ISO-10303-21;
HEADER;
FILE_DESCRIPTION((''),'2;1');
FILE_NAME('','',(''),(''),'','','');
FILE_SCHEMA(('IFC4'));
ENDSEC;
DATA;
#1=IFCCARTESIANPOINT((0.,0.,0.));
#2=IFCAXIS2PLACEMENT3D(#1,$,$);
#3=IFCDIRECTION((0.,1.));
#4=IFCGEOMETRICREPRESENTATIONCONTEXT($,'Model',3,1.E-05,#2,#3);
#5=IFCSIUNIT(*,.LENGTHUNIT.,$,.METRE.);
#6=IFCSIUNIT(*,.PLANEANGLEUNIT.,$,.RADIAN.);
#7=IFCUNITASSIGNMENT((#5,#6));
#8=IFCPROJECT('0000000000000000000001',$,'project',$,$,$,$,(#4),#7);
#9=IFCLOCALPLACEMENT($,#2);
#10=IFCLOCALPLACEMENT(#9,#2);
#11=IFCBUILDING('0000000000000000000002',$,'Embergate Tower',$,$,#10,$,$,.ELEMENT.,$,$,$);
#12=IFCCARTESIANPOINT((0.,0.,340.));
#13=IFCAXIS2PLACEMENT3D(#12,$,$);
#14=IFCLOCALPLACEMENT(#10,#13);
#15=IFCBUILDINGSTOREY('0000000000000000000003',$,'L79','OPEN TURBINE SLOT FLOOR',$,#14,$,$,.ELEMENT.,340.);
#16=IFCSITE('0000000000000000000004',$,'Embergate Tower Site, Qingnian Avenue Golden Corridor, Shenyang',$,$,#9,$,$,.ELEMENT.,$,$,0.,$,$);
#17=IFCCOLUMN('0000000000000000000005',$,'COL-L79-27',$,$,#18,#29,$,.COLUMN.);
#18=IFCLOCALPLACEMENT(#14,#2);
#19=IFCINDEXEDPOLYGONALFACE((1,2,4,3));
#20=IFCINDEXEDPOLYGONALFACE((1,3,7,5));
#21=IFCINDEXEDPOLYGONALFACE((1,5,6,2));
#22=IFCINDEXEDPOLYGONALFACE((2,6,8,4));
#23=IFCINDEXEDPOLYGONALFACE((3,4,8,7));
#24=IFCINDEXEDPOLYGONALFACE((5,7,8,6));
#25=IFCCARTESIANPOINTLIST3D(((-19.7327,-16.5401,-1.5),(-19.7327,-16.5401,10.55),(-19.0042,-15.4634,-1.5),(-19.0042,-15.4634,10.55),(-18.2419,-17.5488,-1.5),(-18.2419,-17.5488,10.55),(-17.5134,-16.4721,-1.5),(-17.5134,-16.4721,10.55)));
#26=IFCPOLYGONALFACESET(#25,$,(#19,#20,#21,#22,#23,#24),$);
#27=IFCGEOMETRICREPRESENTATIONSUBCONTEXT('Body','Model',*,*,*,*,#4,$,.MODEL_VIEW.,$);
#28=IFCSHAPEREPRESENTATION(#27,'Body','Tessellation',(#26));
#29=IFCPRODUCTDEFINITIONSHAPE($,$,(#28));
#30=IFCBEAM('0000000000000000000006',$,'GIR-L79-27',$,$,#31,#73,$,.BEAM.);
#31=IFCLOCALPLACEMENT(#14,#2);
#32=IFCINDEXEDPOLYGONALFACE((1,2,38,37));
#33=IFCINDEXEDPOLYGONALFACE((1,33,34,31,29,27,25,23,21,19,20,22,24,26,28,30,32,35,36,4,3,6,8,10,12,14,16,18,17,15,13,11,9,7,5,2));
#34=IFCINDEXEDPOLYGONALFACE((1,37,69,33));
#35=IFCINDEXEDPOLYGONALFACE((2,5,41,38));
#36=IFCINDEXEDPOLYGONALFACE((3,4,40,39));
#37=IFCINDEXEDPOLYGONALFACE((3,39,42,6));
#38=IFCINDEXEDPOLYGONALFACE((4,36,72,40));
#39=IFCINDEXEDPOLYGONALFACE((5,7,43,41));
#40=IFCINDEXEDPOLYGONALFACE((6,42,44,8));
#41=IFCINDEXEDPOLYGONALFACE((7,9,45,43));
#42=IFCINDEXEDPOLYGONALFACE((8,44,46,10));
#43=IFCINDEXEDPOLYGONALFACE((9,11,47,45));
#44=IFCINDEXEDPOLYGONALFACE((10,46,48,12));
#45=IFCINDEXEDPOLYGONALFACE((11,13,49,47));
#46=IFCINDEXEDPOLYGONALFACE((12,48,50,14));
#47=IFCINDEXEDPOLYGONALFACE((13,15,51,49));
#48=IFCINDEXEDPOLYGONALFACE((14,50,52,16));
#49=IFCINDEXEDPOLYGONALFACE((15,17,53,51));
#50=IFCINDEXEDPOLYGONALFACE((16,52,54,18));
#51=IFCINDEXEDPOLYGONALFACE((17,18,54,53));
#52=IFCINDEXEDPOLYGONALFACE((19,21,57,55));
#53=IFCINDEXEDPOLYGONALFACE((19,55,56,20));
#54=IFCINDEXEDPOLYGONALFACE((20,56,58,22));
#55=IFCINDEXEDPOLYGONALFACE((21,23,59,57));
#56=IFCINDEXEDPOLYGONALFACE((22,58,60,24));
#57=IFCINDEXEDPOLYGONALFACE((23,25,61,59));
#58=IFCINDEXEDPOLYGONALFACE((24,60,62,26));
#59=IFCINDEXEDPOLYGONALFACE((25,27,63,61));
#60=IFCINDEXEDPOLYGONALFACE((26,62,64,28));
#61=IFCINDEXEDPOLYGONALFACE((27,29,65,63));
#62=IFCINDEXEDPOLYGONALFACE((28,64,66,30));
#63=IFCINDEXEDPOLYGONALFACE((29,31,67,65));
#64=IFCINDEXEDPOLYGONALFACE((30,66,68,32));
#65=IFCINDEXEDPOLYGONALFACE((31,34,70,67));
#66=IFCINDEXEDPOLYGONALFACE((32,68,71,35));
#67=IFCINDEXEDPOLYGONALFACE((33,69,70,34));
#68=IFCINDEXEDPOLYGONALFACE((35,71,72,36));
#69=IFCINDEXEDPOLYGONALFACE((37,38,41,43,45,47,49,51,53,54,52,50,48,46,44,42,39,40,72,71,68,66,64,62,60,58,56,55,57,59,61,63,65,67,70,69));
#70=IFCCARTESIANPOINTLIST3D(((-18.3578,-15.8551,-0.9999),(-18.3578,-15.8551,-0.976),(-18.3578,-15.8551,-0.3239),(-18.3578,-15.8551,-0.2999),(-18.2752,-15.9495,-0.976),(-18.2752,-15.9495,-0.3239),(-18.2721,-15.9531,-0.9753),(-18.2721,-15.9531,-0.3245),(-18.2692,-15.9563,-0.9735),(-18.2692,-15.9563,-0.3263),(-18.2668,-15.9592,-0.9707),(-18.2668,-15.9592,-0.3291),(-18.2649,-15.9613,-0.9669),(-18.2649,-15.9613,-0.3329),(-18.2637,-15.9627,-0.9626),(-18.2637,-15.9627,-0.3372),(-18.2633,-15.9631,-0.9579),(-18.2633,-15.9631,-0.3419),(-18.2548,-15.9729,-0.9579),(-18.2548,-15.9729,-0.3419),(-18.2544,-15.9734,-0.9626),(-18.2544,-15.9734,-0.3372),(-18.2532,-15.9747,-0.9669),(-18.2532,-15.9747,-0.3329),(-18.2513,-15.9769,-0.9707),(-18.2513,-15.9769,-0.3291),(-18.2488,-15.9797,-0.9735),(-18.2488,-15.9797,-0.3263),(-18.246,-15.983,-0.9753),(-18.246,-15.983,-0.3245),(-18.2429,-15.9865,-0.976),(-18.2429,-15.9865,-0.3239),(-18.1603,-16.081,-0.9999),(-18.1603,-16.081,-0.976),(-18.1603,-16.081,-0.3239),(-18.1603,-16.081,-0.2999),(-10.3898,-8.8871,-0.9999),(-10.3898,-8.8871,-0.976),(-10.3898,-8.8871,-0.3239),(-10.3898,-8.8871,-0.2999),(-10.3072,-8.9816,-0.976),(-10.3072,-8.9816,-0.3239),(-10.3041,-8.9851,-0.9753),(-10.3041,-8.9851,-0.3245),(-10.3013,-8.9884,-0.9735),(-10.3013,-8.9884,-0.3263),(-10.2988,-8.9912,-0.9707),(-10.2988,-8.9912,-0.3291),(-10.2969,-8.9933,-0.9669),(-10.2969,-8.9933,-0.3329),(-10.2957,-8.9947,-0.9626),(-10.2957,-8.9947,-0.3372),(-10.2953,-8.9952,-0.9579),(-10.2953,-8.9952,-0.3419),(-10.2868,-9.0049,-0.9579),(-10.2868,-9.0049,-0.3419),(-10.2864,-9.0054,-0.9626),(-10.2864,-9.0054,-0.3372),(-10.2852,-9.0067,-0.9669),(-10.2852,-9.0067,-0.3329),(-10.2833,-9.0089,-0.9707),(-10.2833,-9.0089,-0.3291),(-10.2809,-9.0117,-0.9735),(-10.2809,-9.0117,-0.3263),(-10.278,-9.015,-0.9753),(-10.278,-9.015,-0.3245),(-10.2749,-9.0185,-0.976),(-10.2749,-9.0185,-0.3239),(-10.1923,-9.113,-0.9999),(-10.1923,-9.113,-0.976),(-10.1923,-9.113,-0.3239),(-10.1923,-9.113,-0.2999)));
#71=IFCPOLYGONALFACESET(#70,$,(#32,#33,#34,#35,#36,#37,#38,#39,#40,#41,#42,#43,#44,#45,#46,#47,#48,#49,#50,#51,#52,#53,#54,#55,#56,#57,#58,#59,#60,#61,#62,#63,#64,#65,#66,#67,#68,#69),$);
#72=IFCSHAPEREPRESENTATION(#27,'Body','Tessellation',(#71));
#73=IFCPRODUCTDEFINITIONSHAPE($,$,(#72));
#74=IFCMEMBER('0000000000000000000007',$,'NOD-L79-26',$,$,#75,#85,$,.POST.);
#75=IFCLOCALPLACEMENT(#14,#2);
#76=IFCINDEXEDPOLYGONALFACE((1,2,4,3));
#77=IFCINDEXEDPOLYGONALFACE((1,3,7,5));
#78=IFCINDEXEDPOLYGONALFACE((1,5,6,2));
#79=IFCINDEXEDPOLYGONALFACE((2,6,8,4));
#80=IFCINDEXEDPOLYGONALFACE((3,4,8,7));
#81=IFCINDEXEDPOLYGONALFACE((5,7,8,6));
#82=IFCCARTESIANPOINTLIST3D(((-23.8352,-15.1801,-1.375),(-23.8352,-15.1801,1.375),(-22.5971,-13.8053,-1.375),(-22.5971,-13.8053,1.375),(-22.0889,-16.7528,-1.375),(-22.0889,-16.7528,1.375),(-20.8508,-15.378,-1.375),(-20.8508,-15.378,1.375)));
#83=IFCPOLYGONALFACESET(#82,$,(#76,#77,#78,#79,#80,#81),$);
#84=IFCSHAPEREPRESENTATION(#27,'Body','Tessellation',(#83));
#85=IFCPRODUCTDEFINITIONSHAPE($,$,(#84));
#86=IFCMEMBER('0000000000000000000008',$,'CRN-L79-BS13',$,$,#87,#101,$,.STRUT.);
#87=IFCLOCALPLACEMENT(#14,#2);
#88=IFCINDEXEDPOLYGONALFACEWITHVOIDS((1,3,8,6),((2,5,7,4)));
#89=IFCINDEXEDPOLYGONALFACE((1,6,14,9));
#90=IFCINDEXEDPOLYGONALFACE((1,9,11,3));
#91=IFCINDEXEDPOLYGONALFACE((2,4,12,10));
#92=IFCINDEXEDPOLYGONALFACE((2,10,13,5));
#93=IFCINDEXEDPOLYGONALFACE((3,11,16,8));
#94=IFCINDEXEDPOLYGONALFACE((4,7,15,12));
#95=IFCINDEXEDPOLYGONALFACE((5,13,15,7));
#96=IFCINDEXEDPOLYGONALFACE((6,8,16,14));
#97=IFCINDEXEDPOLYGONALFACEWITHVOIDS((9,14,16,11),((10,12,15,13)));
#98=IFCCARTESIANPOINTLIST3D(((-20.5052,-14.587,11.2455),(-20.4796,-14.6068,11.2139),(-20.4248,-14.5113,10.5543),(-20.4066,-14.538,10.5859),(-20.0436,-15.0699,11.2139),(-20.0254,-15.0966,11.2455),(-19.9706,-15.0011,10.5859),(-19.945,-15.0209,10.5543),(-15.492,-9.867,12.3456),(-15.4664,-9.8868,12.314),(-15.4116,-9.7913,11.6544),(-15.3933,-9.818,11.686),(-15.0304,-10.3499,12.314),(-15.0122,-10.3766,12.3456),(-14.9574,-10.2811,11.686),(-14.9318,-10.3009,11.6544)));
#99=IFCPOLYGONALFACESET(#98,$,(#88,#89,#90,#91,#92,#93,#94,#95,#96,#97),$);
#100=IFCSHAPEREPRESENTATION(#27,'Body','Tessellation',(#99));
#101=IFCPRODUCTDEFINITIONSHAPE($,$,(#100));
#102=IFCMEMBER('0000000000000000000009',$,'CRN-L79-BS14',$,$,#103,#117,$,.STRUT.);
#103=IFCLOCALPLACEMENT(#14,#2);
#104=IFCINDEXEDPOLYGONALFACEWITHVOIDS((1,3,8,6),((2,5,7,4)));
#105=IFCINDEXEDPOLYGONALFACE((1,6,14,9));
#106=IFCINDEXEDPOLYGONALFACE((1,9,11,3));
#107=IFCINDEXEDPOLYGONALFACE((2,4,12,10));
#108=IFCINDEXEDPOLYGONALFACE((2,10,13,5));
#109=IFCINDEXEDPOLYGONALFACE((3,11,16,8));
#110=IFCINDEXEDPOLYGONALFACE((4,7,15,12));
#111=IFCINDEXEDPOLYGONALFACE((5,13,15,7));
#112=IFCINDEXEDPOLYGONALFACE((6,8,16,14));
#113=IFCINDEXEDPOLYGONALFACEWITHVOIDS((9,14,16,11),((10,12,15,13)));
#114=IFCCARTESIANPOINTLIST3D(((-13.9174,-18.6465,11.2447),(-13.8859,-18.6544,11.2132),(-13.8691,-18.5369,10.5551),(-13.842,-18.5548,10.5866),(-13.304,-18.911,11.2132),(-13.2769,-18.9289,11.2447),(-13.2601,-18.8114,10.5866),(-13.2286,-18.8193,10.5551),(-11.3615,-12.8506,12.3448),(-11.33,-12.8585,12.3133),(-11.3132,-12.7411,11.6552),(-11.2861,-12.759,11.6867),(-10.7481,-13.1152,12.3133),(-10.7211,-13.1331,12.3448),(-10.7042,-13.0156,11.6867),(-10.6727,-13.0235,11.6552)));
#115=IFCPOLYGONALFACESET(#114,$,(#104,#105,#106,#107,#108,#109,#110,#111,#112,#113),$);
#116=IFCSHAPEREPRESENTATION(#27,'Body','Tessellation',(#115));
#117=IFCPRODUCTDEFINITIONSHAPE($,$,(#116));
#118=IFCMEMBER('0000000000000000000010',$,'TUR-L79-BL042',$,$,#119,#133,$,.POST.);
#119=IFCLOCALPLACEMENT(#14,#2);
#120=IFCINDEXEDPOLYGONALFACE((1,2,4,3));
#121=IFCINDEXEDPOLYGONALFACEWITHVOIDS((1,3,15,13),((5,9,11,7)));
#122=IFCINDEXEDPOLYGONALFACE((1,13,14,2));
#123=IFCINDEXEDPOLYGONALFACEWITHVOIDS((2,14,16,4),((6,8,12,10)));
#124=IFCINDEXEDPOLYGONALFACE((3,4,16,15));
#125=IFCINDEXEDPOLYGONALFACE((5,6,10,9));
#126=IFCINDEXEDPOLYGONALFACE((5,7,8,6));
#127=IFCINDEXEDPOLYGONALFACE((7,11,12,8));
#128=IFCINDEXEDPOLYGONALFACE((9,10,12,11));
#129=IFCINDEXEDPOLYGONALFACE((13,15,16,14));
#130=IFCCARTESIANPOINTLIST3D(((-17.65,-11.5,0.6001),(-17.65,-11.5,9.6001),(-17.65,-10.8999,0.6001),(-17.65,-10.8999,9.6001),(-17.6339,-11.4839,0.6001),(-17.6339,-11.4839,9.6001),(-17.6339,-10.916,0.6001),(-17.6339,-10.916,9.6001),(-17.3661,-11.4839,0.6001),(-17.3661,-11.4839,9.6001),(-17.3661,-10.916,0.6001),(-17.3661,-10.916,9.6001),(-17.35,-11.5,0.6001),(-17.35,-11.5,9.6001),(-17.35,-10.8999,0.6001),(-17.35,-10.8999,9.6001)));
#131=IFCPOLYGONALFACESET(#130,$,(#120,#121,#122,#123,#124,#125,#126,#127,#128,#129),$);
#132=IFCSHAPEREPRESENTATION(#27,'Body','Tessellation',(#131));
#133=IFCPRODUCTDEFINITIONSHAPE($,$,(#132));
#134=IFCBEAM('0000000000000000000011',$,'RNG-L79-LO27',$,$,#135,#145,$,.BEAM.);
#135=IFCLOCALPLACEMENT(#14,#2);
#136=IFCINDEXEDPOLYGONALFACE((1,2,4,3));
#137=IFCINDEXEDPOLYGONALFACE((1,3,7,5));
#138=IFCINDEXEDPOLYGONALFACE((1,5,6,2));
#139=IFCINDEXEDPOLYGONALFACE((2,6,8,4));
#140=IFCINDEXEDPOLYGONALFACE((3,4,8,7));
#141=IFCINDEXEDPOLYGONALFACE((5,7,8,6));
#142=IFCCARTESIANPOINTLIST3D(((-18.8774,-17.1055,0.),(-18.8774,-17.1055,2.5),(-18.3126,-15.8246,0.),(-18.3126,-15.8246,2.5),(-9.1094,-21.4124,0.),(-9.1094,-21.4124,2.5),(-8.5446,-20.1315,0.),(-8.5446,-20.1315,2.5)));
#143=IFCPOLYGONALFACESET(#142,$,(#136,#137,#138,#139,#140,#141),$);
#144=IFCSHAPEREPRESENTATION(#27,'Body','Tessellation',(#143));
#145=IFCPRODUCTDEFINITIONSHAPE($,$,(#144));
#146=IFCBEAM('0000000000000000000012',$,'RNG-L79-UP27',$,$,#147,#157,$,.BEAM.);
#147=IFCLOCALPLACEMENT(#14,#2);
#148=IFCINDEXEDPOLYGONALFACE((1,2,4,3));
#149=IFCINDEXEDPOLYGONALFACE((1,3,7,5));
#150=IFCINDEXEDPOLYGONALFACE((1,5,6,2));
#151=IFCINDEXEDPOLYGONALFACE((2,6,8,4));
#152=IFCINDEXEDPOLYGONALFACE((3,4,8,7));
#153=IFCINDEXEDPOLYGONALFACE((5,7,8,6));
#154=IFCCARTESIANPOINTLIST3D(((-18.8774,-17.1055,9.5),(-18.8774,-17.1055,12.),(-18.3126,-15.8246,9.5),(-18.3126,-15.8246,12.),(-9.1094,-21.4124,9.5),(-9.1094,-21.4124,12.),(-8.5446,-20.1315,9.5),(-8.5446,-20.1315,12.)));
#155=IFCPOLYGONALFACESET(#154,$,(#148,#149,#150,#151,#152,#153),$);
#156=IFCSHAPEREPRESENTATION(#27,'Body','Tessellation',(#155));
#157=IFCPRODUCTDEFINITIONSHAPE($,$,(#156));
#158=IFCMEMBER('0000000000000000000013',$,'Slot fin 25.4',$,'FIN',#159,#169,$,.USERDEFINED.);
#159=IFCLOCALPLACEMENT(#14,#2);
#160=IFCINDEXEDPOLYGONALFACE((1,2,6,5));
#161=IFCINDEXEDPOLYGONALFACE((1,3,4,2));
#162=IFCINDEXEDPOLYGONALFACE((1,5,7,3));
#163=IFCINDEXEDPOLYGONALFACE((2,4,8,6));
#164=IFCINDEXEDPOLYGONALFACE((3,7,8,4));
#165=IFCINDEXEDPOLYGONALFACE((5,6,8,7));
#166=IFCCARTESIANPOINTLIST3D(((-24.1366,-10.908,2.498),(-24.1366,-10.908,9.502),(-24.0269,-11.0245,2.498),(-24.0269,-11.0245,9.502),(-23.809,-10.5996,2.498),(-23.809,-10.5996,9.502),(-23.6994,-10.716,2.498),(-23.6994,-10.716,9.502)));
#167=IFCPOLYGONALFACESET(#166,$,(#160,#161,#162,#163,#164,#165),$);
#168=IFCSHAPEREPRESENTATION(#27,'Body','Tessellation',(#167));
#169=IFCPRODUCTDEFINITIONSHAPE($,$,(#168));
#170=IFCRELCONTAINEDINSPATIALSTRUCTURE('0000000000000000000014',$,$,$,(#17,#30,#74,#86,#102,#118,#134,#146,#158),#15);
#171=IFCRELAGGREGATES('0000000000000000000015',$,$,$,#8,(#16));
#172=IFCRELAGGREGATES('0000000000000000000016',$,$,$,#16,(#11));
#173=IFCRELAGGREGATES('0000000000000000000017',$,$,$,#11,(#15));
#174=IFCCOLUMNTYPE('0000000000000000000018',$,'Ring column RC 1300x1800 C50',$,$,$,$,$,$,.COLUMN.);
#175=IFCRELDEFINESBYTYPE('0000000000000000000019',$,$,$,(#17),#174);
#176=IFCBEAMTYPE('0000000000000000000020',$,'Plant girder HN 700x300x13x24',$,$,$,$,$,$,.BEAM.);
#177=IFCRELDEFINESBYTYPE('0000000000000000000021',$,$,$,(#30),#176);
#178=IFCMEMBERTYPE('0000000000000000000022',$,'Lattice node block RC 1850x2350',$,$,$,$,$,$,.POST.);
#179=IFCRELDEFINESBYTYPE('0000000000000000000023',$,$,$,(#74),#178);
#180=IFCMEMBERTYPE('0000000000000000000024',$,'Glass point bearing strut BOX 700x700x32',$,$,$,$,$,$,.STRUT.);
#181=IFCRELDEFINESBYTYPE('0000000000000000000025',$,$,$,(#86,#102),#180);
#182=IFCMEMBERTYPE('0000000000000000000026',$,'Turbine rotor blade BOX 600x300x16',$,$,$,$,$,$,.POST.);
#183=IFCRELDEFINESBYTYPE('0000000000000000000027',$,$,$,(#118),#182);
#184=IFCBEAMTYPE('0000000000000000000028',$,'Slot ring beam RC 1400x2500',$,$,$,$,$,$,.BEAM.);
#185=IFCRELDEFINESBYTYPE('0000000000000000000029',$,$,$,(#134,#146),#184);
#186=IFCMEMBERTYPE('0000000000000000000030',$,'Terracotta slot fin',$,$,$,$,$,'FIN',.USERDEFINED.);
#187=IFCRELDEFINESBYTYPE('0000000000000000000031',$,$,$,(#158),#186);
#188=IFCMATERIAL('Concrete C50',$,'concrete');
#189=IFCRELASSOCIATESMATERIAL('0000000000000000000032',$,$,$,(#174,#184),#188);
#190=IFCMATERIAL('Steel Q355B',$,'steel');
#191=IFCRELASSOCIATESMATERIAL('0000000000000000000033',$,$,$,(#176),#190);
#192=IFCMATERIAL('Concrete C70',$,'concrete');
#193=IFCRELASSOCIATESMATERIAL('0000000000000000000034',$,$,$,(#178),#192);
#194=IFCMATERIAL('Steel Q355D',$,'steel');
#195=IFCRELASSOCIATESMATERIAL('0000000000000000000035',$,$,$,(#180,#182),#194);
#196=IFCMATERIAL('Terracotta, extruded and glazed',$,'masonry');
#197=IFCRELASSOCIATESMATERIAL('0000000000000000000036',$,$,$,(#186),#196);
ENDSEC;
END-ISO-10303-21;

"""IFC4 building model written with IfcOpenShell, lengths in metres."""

from ifc_helpers import new_model, si_unit, direction, frame, origin, origin_2d, place, context, subcontext, project, spatial, rectangle, hollow_rectangle, i_section, extrude, source, transform, mapped, material, material_profile, profile_set, type_object, element, save


model = new_model("IFC4")

# Units and contexts
model_context = context("Model", 3, precision=1e-05, world=origin(), true_north=direction((0.0, 1.0)))
body_context = subcontext(model_context, "Body", "Model", "MODEL_VIEW")
ifc_project = project(units=[si_unit("LENGTHUNIT", "METRE"), si_unit("PLANEANGLEUNIT", "RADIAN")], contexts=[model_context])

# Site, building, storey
site_placement = place(None, origin())
site = spatial("IfcSite", under=ifc_project, at=site_placement, Name="Embergate Tower Site, Qingnian Avenue Golden Corridor, Shenyang", CompositionType="ELEMENT", RefElevation=0.0)
building_placement = place(site_placement, origin())
building = spatial("IfcBuilding", under=site, at=building_placement, Name="Embergate Tower", CompositionType="ELEMENT")
storey_placement = place(building_placement, frame((0.0, 0.0, 340.0)))
storey = spatial("IfcBuildingStorey", under=building, at=storey_placement, Name="L79", Description="OPEN TURBINE SLOT FLOOR", CompositionType="ELEMENT", Elevation=340.0)

# Column
ifc_material_1 = material(Name="Concrete C50", Category="concrete")
ifc_material_profile_1 = material_profile(ifc_material_1, rectangle(XDim=1.3, YDim=1.8, at=origin_2d()), Name="RC 1300x1800")
ifc_profile_set_1 = profile_set([ifc_material_profile_1], Name="Concrete C50")
column_type = type_object("IfcColumnType", Name="Ring column RC 1300x1800 C50", PredefinedType="COLUMN", material=ifc_profile_set_1)
shared_shape_1 = source(origin(), body_context, "Body", "SweptSolid", [
    extrude(rectangle(XDim=1.3, YDim=1.8, at=origin_2d()), origin(), (0.0, 0.0, 1.0), 12.05),
])
column_placement = place(storey_placement, frame((-18.623, -16.5061, -1.5), z_axis=(0.0, 0.0, 1.0), x_axis=(-0.560393, -0.828227, 0.0)))
element("IfcColumn", 1, at=column_placement, inside=storey, type_object=column_type, Name="COL-L79-27", PredefinedType="COLUMN", context=body_context, shape_type="MappedRepresentation", body=[
    mapped(shared_shape_1, transform((0.0, 0.0, 0.0))),
])

# Beam
ifc_material_2 = material(Name="Steel Q355B", Category="steel")
ifc_material_profile_2 = material_profile(ifc_material_2, i_section(OverallWidth=0.3, OverallDepth=0.7, WebThickness=0.0129, FlangeThickness=0.0239, FilletRadius=0.0181, at=origin_2d()), Name="HN 700x300x13x24")
ifc_profile_set_2 = profile_set([ifc_material_profile_2], Name="Steel Q355 grade B")
beam_type_1 = type_object("IfcBeamType", Name="Plant girder HN 700x300x13x24", PredefinedType="BEAM", material=ifc_profile_set_2)
shared_shape_2 = source(origin(), body_context, "Body", "SweptSolid", [
    extrude(i_section(OverallWidth=0.3, OverallDepth=0.7, WebThickness=0.0129, FlangeThickness=0.0239, FilletRadius=0.0181, at=origin_2d()), origin(), (0.0, 0.0, 1.0), 10.585),
])
beam_placement = place(storey_placement, frame((-18.259, -15.968, -0.6499), z_axis=(0.752764, 0.658291, 0.0), x_axis=(-0.658291, 0.752764, 0.0)))
element("IfcBeam", 2, at=beam_placement, inside=storey, type_object=beam_type_1, Name="GIR-L79-27", PredefinedType="BEAM", context=body_context, shape_type="MappedRepresentation", body=[
    mapped(shared_shape_2, transform((0.0, 0.0, 0.0))),
])

# Members
ifc_material_3 = material(Name="Concrete C70", Category="concrete")
ifc_material_profile_3 = material_profile(ifc_material_3, rectangle(XDim=1.8501, YDim=2.3501, at=origin_2d()), Name="RC 1850x2350")
ifc_profile_set_3 = profile_set([ifc_material_profile_3], Name="Concrete C70")
member_type_1 = type_object("IfcMemberType", Name="Lattice node block RC 1850x2350", PredefinedType="POST", material=ifc_profile_set_3)
shared_shape_3 = source(origin(), body_context, "Body", "SweptSolid", [
    extrude(rectangle(XDim=1.8501, YDim=2.3501, at=origin_2d()), origin(), (0.0, 0.0, 1.0), 2.75),
])
member_1_placement = place(storey_placement, frame((-22.343, -15.2791, -1.375), z_axis=(0.0, 0.0, 1.0), x_axis=(-0.669208, -0.743075, 0.0)))
element("IfcMember", 3, at=member_1_placement, inside=storey, type_object=member_type_1, Name="NOD-L79-26", PredefinedType="POST", context=body_context, shape_type="MappedRepresentation", body=[
    mapped(shared_shape_3, transform((0.0, 0.0, 0.0))),
])
ifc_material_4 = material(Name="Steel Q355D", Category="steel")
ifc_material_profile_4 = material_profile(ifc_material_4, hollow_rectangle(XDim=0.7, YDim=0.7, WallThickness=0.032, at=origin_2d()), Name="BOX 700x700x32")
ifc_profile_set_4 = profile_set([ifc_material_profile_4], Name="Steel Q355 grade D")
member_type_2 = type_object("IfcMemberType", Name="Glass point bearing strut BOX 700x700x32", PredefinedType="STRUT", material=ifc_profile_set_4)
shared_shape_4 = source(origin(), body_context, "Body", "SweptSolid", [
    extrude(hollow_rectangle(XDim=0.7, YDim=0.7, WallThickness=0.032, at=origin_2d()), origin(), (0.0, 0.0, 1.0), 6.9729),
])
member_2_placement = place(storey_placement, frame((-20.2251, -14.804, 10.8999), z_axis=(0.71896, 0.676909, 0.157769), x_axis=(-0.685494, 0.728078, 0.0)))
element("IfcMember", 4, at=member_2_placement, inside=storey, type_object=member_type_2, Name="CRN-L79-BS13", PredefinedType="STRUT", context=body_context, shape_type="MappedRepresentation", body=[
    mapped(shared_shape_4, transform((0.0, 0.0, 0.0))),
])
shared_shape_5 = source(origin(), body_context, "Body", "SweptSolid", [
    extrude(hollow_rectangle(XDim=0.7, YDim=0.7, WallThickness=0.032, at=origin_2d()), origin(), (0.0, 0.0, 1.0), 6.4292),
])
member_3_placement = place(storey_placement, frame((-13.573, -18.7329, 10.8999), z_axis=(0.397543, 0.901488, 0.171108), x_axis=(-0.914982, 0.403494, 0.0)))
element("IfcMember", 5, at=member_3_placement, inside=storey, type_object=member_type_2, Name="CRN-L79-BS14", PredefinedType="STRUT", context=body_context, shape_type="MappedRepresentation", body=[
    mapped(shared_shape_5, transform((0.0, 0.0, 0.0))),
])
ifc_material_profile_5 = material_profile(ifc_material_4, hollow_rectangle(XDim=0.3, YDim=0.6001, WallThickness=0.0161, at=origin_2d()), Name="BOX 600x300x16")
ifc_profile_set_5 = profile_set([ifc_material_profile_5], Name="Steel Q355 grade D")
member_type_3 = type_object("IfcMemberType", Name="Turbine rotor blade BOX 600x300x16", PredefinedType="POST", material=ifc_profile_set_5)
shared_shape_6 = source(origin(), body_context, "Body", "SweptSolid", [
    extrude(hollow_rectangle(XDim=0.3, YDim=0.6001, WallThickness=0.0161, at=origin_2d()), origin(), (0.0, 0.0, 1.0), 9.0),
])
member_4_placement = place(storey_placement, frame((-17.5, -11.2, 0.6001), z_axis=(0.0, 0.0, 1.0), x_axis=(1.0, 0.0, 0.0)))
element("IfcMember", 6, at=member_4_placement, inside=storey, type_object=member_type_3, Name="TUR-L79-BL042", PredefinedType="POST", context=body_context, shape_type="MappedRepresentation", body=[
    mapped(shared_shape_6, transform((0.0, 0.0, 0.0))),
])

# Beams
ifc_material_profile_6 = material_profile(ifc_material_1, rectangle(XDim=1.3999, YDim=2.5, at=origin_2d()), Name="RC 1400x2500")
ifc_profile_set_6 = profile_set([ifc_material_profile_6], Name="Concrete C50")
beam_type_2 = type_object("IfcBeamType", Name="Slot ring beam RC 1400x2500", PredefinedType="BEAM", material=ifc_profile_set_6)
shared_shape_7 = source(origin(), body_context, "Body", "SweptSolid", [
    extrude(rectangle(XDim=1.3999, YDim=2.5, at=origin_2d()), origin(), (0.0, 0.0, 1.0), 10.6753),
])
for number, where, z_axis, x_axis, name in (
    (7, (-18.595, -16.4651, 1.25), (0.915006, -0.40344, 0.0), (0.40344, 0.915006, 0.0), "RNG-L79-LO27"),
    (8, (-18.595, -16.4651, 10.75), (0.915006, -0.40344, 0.0), (0.40344, 0.915006, 0.0), "RNG-L79-UP27"),
):
    element("IfcBeam", number, at=place(storey_placement, frame(where, z_axis=z_axis, x_axis=x_axis)), inside=storey, type_object=beam_type_2, Name=name, PredefinedType="BEAM", context=body_context, shape_type="MappedRepresentation", body=[
        mapped(shared_shape_7, transform((0.0, 0.0, 0.0))),
    ])

# Member
ifc_material_5 = material(Name="Terracotta, extruded and glazed", Category="masonry")
ifc_material_profile_7 = material_profile(ifc_material_5, rectangle(XDim=0.45, YDim=0.1599, at=origin_2d()), Name="TC 450x160")
ifc_profile_set_7 = profile_set([ifc_material_profile_7], Name="Terracotta, extruded and glazed")
member_type_4 = type_object("IfcMemberType", Name="Terracotta slot fin", ElementType="FIN", PredefinedType="USERDEFINED", material=ifc_profile_set_7)
shared_shape_8 = source(origin(), body_context, "Body", "SweptSolid", [
    extrude(rectangle(XDim=0.45, YDim=0.1599, at=origin_2d()), origin(), (0.0, 0.0, 1.0), 7.0039),
])
for number, where, z_axis, x_axis, name in (
    (9, (-23.918, -10.812, 2.498), (0.0, 0.0, 1.0), (0.728041, 0.685534, 0.0), "Slot fin 25.4"),
):
    element("IfcMember", number, at=place(storey_placement, frame(where, z_axis=z_axis, x_axis=x_axis)), inside=storey, type_object=member_type_4, Name=name, ObjectType="FIN", PredefinedType="USERDEFINED", context=body_context, shape_type="MappedRepresentation", body=[
        mapped(shared_shape_8, transform((0.0, 0.0, 0.0))),
    ])

save(model, "model.ifc")
